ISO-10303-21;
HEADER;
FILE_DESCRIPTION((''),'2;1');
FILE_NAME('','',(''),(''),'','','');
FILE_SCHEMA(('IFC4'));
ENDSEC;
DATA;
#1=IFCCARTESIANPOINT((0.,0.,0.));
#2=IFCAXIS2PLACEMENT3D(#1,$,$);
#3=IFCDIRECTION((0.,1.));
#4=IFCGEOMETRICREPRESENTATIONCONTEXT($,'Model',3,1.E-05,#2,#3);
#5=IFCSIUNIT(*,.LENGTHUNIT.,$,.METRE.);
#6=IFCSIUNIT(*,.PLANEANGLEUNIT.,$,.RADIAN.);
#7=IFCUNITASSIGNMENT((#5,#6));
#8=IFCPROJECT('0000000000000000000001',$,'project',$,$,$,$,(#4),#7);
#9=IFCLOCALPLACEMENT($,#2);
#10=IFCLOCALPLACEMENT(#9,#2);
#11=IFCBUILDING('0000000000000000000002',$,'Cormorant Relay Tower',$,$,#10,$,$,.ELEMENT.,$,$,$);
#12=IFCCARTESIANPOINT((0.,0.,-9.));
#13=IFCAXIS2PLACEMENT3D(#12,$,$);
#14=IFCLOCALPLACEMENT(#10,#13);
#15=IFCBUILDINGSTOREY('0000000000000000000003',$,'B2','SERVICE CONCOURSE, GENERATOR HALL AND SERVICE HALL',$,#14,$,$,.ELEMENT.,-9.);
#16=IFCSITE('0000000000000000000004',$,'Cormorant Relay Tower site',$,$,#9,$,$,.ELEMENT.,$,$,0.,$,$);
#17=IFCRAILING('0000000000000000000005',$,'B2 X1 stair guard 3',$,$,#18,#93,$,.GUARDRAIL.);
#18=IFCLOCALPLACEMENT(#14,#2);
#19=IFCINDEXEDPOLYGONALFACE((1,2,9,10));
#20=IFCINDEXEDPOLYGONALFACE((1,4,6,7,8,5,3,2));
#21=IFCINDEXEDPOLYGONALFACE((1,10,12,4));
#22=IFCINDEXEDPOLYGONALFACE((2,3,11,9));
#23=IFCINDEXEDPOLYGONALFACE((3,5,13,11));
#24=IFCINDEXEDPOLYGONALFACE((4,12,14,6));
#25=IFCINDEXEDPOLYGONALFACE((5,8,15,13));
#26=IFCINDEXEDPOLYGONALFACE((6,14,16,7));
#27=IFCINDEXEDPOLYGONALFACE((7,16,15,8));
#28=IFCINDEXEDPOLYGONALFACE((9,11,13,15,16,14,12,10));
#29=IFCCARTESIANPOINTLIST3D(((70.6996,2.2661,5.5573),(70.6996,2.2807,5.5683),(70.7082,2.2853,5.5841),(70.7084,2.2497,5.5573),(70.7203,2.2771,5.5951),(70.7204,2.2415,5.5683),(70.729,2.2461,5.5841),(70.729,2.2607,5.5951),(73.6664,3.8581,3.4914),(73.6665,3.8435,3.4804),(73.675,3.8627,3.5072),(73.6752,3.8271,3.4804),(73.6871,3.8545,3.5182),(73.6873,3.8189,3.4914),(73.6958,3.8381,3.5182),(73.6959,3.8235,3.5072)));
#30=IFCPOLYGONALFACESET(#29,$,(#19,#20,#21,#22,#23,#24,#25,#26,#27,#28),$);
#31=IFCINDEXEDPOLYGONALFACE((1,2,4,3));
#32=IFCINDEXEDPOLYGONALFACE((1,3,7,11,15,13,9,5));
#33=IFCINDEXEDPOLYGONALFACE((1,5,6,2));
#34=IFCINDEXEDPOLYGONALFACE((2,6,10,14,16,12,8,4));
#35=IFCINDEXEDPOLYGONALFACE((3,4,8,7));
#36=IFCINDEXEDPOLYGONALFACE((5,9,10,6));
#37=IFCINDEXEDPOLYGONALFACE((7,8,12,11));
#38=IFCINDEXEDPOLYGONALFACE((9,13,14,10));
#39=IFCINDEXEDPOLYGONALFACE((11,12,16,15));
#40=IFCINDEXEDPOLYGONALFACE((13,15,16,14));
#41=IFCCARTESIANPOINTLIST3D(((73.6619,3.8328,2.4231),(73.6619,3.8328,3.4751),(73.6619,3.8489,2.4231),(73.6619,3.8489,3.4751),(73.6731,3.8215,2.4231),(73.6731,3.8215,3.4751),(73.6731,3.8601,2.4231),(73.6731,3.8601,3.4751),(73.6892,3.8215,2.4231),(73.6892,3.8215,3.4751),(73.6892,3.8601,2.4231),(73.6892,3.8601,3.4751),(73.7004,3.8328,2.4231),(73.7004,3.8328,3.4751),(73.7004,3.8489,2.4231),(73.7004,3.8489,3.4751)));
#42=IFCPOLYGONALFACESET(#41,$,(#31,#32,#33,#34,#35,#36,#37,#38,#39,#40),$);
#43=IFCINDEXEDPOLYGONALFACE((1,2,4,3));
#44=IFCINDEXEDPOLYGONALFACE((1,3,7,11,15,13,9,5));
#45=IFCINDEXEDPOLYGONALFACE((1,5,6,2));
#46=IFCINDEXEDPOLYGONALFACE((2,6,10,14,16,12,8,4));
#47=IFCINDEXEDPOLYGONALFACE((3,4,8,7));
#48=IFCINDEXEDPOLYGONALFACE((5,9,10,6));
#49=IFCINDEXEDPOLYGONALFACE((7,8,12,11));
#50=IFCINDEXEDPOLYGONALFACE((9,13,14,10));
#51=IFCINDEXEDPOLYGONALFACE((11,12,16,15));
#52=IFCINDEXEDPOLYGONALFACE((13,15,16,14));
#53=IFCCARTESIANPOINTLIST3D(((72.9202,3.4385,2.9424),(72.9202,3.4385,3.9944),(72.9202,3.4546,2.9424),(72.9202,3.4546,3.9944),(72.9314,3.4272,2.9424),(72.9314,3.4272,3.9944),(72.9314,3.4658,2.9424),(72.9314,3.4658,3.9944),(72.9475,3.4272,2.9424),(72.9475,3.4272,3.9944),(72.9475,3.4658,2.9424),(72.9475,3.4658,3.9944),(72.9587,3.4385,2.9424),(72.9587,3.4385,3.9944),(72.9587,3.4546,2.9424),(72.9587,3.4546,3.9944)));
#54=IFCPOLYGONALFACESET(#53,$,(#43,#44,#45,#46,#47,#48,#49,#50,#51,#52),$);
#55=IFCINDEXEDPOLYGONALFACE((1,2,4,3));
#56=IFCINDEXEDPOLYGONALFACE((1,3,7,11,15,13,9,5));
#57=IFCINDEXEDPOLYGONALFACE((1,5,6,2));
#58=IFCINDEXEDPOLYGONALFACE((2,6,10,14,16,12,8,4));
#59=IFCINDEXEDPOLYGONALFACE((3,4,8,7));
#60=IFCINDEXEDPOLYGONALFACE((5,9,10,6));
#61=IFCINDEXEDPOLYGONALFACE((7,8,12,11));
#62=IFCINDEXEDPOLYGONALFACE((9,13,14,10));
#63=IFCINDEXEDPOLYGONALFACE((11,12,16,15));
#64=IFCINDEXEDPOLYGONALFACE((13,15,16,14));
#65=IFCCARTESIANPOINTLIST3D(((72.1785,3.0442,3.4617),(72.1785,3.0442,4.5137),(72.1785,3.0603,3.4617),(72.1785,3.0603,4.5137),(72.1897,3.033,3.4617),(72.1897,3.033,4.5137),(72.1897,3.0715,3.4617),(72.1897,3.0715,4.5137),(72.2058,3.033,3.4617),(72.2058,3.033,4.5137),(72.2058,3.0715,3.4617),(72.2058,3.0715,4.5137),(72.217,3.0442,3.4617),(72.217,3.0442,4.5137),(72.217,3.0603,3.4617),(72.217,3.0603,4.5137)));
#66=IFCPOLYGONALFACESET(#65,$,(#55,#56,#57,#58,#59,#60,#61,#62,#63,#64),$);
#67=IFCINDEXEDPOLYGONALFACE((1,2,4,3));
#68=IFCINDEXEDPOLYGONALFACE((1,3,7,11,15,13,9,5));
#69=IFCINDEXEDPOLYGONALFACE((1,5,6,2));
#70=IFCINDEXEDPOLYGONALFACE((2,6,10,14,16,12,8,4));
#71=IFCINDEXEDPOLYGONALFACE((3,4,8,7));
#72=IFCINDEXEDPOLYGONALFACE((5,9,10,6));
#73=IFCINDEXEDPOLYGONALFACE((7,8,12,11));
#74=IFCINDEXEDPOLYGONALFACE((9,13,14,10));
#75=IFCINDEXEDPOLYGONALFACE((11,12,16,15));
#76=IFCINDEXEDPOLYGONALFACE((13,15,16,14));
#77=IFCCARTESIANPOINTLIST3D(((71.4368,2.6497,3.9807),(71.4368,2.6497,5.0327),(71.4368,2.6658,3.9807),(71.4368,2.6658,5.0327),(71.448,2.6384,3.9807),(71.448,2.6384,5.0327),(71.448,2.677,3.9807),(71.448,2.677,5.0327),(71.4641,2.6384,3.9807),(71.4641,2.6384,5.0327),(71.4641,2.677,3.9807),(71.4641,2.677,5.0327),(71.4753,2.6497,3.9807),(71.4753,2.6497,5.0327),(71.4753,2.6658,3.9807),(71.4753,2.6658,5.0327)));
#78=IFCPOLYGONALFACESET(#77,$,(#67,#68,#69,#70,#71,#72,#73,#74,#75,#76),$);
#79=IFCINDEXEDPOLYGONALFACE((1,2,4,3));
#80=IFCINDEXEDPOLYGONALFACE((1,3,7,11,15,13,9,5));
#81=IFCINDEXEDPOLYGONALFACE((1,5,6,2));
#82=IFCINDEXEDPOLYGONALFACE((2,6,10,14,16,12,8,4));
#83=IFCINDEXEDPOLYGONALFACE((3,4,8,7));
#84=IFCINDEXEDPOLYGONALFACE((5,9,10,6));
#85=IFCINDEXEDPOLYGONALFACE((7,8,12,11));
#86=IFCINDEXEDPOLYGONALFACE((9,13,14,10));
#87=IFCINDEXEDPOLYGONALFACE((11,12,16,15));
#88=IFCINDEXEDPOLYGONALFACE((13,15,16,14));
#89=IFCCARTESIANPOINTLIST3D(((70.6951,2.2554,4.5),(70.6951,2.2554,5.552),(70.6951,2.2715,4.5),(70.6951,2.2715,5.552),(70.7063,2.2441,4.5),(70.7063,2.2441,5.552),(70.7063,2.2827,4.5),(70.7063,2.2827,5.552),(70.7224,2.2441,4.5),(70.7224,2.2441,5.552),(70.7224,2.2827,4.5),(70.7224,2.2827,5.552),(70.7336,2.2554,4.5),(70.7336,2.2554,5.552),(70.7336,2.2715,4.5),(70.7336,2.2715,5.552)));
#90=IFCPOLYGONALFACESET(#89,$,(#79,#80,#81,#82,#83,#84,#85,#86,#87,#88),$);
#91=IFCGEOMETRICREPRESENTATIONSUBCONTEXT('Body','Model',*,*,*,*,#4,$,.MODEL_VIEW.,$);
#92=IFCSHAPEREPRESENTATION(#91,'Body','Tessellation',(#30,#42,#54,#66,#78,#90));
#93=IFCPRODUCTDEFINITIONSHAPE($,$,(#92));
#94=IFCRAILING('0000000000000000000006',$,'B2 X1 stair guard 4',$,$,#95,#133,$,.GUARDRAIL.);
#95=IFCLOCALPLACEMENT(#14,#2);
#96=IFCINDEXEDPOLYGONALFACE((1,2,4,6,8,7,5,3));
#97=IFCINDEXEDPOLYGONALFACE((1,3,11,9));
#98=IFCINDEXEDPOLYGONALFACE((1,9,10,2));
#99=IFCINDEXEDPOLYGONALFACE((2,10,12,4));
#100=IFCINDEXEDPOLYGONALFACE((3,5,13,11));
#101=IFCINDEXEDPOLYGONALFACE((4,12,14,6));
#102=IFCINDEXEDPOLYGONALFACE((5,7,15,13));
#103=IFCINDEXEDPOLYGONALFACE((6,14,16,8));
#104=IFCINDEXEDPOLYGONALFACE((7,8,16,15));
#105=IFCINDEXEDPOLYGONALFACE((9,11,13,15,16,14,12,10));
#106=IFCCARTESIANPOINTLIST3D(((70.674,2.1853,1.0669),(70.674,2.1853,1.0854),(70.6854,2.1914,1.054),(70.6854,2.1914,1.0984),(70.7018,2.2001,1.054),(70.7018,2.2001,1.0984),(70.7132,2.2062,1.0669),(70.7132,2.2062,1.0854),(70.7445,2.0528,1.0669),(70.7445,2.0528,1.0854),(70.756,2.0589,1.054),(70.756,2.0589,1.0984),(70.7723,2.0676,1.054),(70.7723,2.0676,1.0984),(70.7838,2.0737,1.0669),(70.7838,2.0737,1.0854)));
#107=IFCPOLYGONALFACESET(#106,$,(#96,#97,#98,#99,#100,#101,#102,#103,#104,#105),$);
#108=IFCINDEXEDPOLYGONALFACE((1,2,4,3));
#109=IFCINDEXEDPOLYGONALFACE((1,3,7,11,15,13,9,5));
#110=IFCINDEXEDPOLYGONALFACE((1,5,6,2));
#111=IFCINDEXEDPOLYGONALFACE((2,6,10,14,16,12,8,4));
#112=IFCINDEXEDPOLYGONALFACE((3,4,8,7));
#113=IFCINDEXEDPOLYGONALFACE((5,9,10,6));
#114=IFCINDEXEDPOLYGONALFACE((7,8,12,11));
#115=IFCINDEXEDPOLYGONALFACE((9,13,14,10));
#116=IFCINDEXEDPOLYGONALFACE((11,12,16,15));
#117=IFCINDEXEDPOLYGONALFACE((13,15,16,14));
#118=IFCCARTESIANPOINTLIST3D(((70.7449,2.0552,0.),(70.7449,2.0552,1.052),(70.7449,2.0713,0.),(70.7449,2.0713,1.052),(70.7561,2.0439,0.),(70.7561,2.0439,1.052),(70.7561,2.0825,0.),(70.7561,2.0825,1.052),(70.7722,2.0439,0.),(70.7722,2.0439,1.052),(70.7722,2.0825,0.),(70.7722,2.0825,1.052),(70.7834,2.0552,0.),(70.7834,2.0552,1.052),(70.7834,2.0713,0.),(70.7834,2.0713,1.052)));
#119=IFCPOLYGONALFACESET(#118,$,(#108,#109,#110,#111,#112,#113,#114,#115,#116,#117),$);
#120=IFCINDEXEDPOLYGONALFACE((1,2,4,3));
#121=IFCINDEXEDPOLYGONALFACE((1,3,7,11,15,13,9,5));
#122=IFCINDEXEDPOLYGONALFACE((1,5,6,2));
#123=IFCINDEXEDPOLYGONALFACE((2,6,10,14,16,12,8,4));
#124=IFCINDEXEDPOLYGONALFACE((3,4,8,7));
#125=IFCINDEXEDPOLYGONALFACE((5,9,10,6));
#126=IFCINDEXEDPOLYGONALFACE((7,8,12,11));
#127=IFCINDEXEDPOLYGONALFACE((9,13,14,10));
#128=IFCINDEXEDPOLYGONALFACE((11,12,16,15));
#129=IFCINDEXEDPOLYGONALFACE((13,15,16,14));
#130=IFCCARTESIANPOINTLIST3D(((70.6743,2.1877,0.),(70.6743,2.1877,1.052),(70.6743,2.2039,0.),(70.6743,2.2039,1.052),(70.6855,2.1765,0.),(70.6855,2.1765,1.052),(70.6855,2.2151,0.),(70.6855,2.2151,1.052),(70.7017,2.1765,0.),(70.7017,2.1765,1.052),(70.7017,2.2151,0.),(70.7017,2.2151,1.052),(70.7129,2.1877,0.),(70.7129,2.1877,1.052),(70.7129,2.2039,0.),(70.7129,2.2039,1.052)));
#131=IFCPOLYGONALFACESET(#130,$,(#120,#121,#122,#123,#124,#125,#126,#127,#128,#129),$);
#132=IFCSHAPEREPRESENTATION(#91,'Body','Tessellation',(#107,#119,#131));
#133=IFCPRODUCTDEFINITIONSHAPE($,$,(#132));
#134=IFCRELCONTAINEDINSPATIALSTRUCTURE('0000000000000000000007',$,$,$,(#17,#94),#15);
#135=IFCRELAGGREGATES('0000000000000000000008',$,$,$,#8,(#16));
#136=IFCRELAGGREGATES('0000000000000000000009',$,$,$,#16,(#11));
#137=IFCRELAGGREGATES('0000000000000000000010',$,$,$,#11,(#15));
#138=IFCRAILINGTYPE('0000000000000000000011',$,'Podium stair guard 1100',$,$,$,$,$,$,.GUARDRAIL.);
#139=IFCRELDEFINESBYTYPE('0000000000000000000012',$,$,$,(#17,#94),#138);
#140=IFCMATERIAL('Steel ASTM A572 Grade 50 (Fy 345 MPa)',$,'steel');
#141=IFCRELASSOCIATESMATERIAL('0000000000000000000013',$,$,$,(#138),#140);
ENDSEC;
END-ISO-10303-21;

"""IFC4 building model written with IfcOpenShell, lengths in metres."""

from ifc_helpers import new_model, si_unit, direction, frame, origin, place, context, subcontext, project, spatial, polyline, outline, extrude, material, type_object, element, save


model = new_model("IFC4")

# Units and contexts
model_context = context("Model", 3, precision=1e-05, world=origin(), true_north=direction((0.0, 1.0)))
body_context = subcontext(model_context, "Body", "Model", "MODEL_VIEW")
ifc_project = project(units=[si_unit("LENGTHUNIT", "METRE"), si_unit("PLANEANGLEUNIT", "RADIAN")], contexts=[model_context])

# Site, building, storey
site_placement = place(None, origin())
site = spatial("IfcSite", under=ifc_project, at=site_placement, Name="Cormorant Relay Tower site", CompositionType="ELEMENT", RefElevation=0.0)
building_placement = place(site_placement, origin())
building = spatial("IfcBuilding", under=site, at=building_placement, Name="Cormorant Relay Tower", CompositionType="ELEMENT")
storey_placement = place(building_placement, frame((0.0, 0.0, -9.0)))
storey = spatial("IfcBuildingStorey", under=building, at=storey_placement, Name="B2", Description="SERVICE CONCOURSE, GENERATOR HALL AND SERVICE HALL", CompositionType="ELEMENT", Elevation=-9.0)

# Railings
ifc_material_1 = material(Name="Steel ASTM A572 Grade 50 (Fy 345 MPa)", Category="steel")
railing_type_1 = type_object("IfcRailingType", Name="Podium stair guard 1100", PredefinedType="GUARDRAIL", material=ifc_material_1)
railing_1_placement = place(storey_placement, frame((73.6812, 3.8408, 2.4231)))
element("IfcRailing", 1, at=railing_1_placement, inside=storey, type_object=railing_type_1, Name="B2 X1 stair guard 3", PredefinedType="GUARDRAIL", context=body_context, shape_type="SweptSolid", body=[
    extrude(outline(polyline([(0.0222, 0.0093), (0.0093, 0.0222), (-0.0093, 0.0222), (-0.0222, 0.0093), (-0.0222, -0.0093), (-0.0093, -0.0222), (0.0093, -0.0222), (0.0222, -0.0093), (0.0222, 0.0093)])), frame((0.0, 0.0, 1.0762), z_axis=(-0.751062, -0.399326, 0.52578), x_axis=(0.469453, -0.882958, 0.0)), (0.0, 0.0, 1.0), 3.9502),
    extrude(outline(polyline([(0.0193, 0.0081), (0.0081, 0.0193), (-0.0081, 0.0193), (-0.0193, 0.0081), (-0.0193, -0.0081), (-0.0081, -0.0193), (0.0081, -0.0193), (0.0193, -0.0081), (0.0193, 0.0081)])), origin(), (0.0, 0.0, 1.0), 1.052),
    extrude(outline(polyline([(0.0193, 0.0081), (0.0081, 0.0193), (-0.0081, 0.0193), (-0.0193, 0.0081), (-0.0193, -0.0081), (-0.0081, -0.0193), (0.0081, -0.0193), (0.0193, -0.0081), (0.0193, 0.0081)])), frame((-0.7417, -0.3943, 0.5193)), (0.0, 0.0, 1.0), 1.052),
    extrude(outline(polyline([(0.0193, 0.0081), (0.0081, 0.0193), (-0.0081, 0.0193), (-0.0193, 0.0081), (-0.0193, -0.0081), (-0.0081, -0.0193), (0.0081, -0.0193), (0.0193, -0.0081), (0.0193, 0.0081)])), frame((-1.4834, -0.7886, 1.0386)), (0.0, 0.0, 1.0), 1.052),
    extrude(outline(polyline([(0.0193, 0.0081), (0.0081, 0.0193), (-0.0081, 0.0193), (-0.0193, 0.0081), (-0.0193, -0.0081), (-0.0081, -0.0193), (0.0081, -0.0193), (0.0193, -0.0081), (0.0193, 0.0081)])), frame((-2.2251, -1.1831, 1.5576)), (0.0, 0.0, 1.0), 1.052),
    extrude(outline(polyline([(0.0193, 0.0081), (0.0081, 0.0193), (-0.0081, 0.0193), (-0.0193, 0.0081), (-0.0193, -0.0081), (-0.0081, -0.0193), (0.0081, -0.0193), (0.0193, -0.0081), (0.0193, 0.0081)])), frame((-2.9668, -1.5774, 2.0769)), (0.0, 0.0, 1.0), 1.052),
])
railing_2_placement = place(storey_placement, frame((70.7642, 2.0632, 0.0)))
element("IfcRailing", 2, at=railing_2_placement, inside=storey, type_object=railing_type_1, Name="B2 X1 stair guard 4", PredefinedType="GUARDRAIL", context=body_context, shape_type="SweptSolid", body=[
    extrude(outline(polyline([(0.0222, 0.0093), (0.0093, 0.0222), (-0.0093, 0.0222), (-0.0222, 0.0093), (-0.0222, -0.0093), (-0.0093, -0.0222), (0.0093, -0.0222), (0.0222, -0.0093), (0.0222, 0.0093)])), frame((0.0, 0.0, 1.0762), z_axis=(-0.469829, 0.882758, 0.0), x_axis=(-0.882758, -0.469829, 0.0)), (0.0, 0.0, 1.0), 0.1501),
    extrude(outline(polyline([(0.0193, 0.0081), (0.0081, 0.0193), (-0.0081, 0.0193), (-0.0193, 0.0081), (-0.0193, -0.0081), (-0.0081, -0.0193), (0.0081, -0.0193), (0.0193, -0.0081), (0.0193, 0.0081)])), origin(), (0.0, 0.0, 1.0), 1.052),
    extrude(outline(polyline([(0.0193, 0.0081), (0.0081, 0.0193), (-0.0081, 0.0193), (-0.0193, 0.0081), (-0.0193, -0.0081), (-0.0081, -0.0193), (0.0081, -0.0193), (0.0193, -0.0081), (0.0193, 0.0081)])), frame((-0.0706, 0.1326, 0.0)), (0.0, 0.0, 1.0), 1.052),
])

save(model, "model.ifc")
